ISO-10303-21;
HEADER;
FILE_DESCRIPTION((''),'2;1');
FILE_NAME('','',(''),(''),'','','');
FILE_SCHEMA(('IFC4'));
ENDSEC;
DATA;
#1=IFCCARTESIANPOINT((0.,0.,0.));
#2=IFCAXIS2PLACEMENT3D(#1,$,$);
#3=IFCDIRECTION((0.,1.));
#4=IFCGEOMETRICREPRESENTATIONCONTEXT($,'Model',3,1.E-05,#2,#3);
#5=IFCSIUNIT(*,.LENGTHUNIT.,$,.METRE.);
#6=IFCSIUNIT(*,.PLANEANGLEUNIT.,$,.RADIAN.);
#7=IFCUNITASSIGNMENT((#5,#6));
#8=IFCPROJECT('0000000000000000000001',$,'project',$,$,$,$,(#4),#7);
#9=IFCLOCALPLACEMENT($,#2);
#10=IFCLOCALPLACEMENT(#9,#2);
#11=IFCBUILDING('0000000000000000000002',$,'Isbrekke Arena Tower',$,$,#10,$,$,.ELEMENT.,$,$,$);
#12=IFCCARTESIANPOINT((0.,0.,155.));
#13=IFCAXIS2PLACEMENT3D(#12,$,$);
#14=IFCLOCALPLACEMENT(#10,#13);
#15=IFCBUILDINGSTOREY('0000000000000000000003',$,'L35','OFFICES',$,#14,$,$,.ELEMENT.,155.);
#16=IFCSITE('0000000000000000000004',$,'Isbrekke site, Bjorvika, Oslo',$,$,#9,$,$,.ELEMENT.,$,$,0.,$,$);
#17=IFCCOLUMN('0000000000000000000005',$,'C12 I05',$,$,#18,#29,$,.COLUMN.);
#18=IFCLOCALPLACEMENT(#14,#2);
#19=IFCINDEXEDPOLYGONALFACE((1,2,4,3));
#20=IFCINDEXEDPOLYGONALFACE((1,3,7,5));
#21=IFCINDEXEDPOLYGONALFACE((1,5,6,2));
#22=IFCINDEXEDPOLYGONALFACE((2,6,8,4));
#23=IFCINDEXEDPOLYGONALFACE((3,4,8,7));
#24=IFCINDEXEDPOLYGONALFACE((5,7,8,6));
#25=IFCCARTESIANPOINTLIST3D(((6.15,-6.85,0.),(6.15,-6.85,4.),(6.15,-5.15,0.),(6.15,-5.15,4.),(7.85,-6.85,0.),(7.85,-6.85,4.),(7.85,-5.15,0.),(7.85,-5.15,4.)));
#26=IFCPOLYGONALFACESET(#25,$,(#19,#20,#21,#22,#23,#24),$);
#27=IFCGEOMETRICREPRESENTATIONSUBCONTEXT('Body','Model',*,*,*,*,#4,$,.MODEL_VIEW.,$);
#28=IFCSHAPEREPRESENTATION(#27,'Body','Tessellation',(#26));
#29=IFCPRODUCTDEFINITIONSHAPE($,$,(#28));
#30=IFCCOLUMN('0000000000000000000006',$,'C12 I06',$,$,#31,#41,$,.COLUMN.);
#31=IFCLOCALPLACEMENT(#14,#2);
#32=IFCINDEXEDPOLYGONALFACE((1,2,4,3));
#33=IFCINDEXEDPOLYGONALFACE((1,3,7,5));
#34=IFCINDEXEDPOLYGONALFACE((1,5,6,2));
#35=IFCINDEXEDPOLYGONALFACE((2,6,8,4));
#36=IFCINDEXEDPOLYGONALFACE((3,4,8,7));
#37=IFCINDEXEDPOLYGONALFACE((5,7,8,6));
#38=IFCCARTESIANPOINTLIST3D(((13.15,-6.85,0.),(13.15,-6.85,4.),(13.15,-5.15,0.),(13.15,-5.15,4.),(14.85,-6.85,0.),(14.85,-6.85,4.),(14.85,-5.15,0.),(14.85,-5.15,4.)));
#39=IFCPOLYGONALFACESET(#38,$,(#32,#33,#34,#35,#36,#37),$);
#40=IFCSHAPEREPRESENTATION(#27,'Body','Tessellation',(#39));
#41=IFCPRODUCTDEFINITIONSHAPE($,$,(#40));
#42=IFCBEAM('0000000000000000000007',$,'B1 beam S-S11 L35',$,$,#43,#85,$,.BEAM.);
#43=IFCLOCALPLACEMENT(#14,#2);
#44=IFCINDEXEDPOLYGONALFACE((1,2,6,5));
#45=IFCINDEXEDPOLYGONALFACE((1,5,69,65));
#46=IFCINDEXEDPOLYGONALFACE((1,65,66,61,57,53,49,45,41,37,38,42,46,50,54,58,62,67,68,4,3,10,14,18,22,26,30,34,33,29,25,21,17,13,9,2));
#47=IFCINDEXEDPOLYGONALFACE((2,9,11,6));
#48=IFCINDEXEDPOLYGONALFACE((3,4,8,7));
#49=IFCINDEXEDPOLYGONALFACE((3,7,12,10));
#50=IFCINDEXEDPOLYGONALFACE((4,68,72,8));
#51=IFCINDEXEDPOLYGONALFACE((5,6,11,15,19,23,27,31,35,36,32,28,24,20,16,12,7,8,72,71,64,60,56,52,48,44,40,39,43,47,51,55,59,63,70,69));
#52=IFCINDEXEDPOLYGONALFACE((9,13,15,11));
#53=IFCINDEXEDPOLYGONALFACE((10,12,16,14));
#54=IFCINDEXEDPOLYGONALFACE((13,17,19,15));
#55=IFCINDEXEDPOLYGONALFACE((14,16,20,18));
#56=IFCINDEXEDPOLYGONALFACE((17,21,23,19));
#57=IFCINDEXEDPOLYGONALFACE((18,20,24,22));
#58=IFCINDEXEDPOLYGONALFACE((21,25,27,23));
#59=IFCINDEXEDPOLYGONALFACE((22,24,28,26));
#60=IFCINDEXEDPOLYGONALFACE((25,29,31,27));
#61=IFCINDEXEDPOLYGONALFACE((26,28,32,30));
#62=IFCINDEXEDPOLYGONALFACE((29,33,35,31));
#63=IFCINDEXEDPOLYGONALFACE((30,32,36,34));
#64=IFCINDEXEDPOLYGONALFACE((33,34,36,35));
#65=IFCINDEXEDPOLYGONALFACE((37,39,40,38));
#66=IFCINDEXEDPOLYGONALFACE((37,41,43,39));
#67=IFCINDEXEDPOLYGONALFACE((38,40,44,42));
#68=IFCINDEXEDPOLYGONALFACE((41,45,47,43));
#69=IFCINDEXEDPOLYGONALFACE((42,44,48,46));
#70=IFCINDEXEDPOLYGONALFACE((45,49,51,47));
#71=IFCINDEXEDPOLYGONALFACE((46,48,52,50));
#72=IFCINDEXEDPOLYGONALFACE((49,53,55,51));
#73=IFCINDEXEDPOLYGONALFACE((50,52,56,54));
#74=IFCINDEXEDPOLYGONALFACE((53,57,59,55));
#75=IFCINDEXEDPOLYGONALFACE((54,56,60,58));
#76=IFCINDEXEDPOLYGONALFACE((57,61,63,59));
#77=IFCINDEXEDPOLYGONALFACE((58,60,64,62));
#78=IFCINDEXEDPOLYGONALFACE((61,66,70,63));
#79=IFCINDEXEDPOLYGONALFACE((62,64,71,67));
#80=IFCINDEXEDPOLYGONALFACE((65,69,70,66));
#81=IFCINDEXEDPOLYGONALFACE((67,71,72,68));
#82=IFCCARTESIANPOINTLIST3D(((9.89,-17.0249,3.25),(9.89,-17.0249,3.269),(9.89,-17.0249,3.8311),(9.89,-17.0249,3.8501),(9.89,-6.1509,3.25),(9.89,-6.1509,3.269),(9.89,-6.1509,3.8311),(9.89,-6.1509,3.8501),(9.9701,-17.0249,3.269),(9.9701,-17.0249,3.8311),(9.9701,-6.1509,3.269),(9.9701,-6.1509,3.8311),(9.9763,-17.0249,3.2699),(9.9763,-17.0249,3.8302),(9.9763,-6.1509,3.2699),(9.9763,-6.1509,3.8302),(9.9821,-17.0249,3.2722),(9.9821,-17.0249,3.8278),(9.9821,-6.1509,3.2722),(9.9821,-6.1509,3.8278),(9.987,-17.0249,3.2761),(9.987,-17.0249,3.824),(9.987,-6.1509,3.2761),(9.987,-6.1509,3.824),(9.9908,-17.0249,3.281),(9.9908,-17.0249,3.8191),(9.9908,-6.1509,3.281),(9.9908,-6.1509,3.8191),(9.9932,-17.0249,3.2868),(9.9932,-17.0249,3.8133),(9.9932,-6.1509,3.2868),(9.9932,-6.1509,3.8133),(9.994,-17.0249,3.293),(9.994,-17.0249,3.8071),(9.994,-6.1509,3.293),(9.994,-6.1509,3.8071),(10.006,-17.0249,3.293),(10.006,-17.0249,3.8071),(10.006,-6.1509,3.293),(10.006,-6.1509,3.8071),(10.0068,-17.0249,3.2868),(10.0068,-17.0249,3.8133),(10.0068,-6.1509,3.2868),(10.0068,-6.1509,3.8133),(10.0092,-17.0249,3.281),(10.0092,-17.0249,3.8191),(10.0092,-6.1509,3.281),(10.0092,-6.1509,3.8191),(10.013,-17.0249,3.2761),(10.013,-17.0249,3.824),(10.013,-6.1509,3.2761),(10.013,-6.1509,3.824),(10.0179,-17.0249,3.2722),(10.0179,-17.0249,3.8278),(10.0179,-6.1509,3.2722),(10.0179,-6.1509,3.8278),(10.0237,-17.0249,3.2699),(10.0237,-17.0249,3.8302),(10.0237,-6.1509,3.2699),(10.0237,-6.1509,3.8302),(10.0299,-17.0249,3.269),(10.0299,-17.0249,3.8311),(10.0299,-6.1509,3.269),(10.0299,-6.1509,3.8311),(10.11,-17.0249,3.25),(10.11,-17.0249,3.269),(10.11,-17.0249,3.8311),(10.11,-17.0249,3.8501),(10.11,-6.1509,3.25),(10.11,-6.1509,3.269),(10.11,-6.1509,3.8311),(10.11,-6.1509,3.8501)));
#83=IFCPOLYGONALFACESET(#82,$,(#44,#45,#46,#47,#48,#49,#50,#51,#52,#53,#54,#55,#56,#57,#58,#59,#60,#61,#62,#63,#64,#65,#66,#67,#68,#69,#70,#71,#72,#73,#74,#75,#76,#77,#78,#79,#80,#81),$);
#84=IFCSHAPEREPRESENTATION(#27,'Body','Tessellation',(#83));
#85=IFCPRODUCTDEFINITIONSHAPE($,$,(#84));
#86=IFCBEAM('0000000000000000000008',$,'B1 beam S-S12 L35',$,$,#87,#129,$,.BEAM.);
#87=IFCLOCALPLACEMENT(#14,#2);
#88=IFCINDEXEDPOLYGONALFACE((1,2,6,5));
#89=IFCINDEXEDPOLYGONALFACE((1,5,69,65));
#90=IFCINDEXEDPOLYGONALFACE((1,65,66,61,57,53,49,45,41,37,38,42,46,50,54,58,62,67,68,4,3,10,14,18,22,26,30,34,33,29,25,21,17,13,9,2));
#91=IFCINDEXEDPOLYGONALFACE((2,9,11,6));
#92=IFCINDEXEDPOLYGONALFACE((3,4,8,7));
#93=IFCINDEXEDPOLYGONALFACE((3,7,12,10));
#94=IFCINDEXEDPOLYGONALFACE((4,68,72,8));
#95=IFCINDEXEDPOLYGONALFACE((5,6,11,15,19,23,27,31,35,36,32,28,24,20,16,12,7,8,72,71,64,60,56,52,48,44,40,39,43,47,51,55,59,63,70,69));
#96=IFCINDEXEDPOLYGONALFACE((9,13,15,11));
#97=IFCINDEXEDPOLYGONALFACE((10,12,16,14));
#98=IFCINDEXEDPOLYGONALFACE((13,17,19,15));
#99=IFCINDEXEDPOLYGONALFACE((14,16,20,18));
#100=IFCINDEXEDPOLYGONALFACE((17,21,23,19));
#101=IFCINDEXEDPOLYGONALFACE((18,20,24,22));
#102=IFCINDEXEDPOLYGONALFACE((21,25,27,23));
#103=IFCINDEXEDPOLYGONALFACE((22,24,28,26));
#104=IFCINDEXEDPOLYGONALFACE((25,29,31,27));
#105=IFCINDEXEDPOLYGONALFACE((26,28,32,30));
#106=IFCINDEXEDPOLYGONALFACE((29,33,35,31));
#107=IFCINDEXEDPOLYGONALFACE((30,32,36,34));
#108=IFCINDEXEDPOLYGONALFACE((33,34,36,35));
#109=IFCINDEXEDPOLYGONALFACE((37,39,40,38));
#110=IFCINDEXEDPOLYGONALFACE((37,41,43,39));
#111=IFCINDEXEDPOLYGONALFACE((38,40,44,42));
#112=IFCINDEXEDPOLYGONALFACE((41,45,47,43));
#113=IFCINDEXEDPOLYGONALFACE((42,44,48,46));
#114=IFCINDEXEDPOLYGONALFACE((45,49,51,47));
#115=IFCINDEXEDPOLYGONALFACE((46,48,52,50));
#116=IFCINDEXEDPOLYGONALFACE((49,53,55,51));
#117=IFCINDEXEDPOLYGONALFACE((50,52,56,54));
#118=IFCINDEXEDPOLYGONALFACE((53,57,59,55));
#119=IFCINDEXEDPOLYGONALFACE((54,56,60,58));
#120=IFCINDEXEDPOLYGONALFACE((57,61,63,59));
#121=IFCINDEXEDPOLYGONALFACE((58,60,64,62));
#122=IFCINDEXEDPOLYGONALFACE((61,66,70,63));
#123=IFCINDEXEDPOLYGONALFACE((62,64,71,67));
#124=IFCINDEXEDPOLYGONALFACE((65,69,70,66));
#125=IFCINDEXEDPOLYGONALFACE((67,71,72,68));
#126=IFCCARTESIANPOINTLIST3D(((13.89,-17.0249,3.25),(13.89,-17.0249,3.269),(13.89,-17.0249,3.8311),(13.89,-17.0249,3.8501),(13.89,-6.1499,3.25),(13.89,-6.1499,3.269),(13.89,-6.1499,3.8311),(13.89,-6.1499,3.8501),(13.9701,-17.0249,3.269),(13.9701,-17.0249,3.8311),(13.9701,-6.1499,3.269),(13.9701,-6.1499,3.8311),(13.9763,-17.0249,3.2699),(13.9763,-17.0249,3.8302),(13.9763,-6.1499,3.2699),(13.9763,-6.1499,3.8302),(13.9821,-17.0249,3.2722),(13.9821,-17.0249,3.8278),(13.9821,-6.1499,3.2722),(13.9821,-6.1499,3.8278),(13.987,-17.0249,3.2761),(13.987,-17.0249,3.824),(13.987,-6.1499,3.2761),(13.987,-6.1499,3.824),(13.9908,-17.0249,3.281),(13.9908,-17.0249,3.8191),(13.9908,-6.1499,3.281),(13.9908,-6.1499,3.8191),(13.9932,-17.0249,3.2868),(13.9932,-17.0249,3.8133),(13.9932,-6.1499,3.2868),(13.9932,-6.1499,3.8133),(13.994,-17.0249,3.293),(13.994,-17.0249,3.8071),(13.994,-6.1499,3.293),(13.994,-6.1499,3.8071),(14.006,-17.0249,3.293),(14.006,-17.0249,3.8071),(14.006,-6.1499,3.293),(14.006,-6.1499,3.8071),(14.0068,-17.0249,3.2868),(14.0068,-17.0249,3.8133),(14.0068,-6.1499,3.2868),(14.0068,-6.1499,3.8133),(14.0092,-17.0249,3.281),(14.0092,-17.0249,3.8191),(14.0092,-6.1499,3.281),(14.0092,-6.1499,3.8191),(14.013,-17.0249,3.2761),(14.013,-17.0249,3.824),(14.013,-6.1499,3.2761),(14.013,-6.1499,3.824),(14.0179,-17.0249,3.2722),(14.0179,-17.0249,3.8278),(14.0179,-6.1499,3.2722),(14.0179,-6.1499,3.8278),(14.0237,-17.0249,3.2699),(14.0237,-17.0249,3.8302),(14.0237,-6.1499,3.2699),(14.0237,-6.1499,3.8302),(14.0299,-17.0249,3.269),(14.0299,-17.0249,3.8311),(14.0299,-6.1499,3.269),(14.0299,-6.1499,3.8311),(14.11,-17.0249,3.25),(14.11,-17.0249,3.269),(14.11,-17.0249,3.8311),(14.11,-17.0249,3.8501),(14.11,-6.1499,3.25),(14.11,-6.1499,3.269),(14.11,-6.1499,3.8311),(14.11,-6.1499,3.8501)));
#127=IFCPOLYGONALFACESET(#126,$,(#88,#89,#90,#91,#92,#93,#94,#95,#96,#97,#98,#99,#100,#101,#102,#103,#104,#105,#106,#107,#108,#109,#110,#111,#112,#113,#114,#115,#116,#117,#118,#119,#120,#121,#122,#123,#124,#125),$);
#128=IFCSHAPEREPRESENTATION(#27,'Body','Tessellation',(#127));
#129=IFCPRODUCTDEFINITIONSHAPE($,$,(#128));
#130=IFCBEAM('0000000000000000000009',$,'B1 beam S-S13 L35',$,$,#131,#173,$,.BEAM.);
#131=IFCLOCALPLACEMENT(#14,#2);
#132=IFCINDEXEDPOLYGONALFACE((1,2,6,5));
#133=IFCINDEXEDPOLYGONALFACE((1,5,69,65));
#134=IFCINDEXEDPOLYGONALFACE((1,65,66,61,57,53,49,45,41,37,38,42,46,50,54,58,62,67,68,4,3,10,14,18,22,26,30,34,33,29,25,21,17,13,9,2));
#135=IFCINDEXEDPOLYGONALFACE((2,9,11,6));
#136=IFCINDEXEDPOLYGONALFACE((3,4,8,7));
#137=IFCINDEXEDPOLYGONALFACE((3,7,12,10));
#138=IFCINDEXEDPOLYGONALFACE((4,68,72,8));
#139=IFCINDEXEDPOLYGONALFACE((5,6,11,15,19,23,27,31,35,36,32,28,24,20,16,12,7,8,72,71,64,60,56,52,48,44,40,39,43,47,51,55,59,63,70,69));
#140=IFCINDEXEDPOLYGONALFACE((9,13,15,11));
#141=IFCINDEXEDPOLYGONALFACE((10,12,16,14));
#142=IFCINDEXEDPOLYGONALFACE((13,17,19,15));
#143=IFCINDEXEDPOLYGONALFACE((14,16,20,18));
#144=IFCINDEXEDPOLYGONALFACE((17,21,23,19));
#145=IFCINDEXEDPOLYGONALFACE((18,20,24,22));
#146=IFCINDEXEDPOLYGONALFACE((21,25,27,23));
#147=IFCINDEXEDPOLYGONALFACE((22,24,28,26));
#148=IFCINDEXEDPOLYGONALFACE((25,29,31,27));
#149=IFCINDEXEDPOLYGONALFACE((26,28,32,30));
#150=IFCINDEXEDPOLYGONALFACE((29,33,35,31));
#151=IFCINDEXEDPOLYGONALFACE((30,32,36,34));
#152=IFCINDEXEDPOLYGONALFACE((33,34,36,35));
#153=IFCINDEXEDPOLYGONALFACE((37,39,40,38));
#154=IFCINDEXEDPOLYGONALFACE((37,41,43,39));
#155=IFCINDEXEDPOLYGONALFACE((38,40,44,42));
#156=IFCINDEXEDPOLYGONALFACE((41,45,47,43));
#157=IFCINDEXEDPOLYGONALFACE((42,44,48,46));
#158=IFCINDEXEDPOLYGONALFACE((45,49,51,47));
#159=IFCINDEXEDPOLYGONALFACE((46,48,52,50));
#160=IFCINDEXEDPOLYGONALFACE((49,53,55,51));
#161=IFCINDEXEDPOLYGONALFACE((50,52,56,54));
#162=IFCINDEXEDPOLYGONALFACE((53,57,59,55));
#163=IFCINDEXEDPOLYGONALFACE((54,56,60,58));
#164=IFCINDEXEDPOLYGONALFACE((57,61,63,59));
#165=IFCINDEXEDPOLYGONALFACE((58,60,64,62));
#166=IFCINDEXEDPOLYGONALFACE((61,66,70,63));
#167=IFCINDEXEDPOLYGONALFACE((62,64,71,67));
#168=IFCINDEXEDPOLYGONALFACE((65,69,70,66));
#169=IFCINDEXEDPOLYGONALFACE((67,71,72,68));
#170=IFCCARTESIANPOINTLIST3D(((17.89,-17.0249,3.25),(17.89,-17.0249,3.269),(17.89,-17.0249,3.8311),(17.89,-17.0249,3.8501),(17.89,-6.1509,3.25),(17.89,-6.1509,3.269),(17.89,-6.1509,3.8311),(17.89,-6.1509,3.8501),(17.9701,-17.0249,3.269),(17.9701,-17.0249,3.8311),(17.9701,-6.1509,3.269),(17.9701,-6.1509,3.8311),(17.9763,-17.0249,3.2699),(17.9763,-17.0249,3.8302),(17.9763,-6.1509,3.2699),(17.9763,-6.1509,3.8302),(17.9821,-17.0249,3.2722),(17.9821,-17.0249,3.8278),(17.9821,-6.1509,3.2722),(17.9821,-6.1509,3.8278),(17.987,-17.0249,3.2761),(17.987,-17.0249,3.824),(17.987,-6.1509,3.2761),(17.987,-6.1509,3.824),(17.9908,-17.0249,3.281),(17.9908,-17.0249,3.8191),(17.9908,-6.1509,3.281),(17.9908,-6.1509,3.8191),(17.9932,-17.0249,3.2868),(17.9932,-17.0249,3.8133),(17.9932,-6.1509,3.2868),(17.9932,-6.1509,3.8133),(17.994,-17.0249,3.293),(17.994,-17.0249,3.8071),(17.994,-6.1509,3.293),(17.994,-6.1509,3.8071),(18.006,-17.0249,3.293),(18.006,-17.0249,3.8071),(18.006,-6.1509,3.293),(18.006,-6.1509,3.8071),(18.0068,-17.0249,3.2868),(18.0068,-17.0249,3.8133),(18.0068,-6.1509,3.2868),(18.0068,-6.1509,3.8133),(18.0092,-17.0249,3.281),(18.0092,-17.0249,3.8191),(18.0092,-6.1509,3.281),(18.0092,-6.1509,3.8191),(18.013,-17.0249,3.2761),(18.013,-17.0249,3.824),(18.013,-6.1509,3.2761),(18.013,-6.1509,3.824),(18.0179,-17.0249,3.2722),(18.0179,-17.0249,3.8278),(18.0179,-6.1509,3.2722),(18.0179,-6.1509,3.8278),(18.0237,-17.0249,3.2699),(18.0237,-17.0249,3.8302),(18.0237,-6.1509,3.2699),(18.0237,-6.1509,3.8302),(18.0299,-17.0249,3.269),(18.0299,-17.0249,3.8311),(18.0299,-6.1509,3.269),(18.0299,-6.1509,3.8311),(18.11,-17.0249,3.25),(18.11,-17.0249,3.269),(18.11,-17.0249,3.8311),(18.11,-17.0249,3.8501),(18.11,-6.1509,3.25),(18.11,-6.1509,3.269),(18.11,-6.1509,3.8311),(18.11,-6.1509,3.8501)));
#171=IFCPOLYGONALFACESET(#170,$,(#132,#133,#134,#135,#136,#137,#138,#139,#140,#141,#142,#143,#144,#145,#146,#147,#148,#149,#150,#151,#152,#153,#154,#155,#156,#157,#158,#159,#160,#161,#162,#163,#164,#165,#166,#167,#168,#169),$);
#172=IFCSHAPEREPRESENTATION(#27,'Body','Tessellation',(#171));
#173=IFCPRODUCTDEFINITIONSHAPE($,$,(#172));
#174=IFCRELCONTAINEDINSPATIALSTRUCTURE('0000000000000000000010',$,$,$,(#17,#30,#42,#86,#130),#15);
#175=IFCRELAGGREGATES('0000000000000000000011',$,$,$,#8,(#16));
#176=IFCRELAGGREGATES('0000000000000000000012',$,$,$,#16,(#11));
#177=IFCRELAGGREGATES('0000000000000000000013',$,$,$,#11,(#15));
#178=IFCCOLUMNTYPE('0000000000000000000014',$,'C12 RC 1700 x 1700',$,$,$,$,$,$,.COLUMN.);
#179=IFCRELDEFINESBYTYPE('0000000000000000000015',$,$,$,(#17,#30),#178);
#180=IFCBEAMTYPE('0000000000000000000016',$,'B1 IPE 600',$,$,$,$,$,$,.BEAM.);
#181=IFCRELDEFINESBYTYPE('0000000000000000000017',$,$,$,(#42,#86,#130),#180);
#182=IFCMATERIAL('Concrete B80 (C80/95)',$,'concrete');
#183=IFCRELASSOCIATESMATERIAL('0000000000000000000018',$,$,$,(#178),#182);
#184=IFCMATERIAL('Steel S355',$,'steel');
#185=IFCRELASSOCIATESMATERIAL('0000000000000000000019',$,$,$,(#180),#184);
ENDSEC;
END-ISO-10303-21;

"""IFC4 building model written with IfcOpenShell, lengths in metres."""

from ifc_helpers import new_model, si_unit, direction, frame, origin, origin_2d, place, context, subcontext, project, spatial, rectangle, i_section, extrude, material, material_profile, profile_set, type_object, element, save


model = new_model("IFC4")

# Units and contexts
model_context = context("Model", 3, precision=1e-05, world=origin(), true_north=direction((0.0, 1.0)))
body_context = subcontext(model_context, "Body", "Model", "MODEL_VIEW")
ifc_project = project(units=[si_unit("LENGTHUNIT", "METRE"), si_unit("PLANEANGLEUNIT", "RADIAN")], contexts=[model_context])

# Site, building, storey
site_placement = place(None, origin())
site = spatial("IfcSite", under=ifc_project, at=site_placement, Name="Isbrekke site, Bjorvika, Oslo", CompositionType="ELEMENT", RefElevation=0.0)
building_placement = place(site_placement, origin())
building = spatial("IfcBuilding", under=site, at=building_placement, Name="Isbrekke Arena Tower", CompositionType="ELEMENT")
storey_placement = place(building_placement, frame((0.0, 0.0, 155.0)))
storey = spatial("IfcBuildingStorey", under=building, at=storey_placement, Name="L35", Description="OFFICES", CompositionType="ELEMENT", Elevation=155.0)

# Columns
ifc_material_1 = material(Name="Concrete B80 (C80/95)", Category="concrete")
ifc_material_profile_1 = material_profile(ifc_material_1, rectangle(XDim=1.7, YDim=1.7, at=origin_2d()), Name="RC 1700x1700")
ifc_profile_set_1 = profile_set([ifc_material_profile_1], Name="Concrete B80 (C80/95)")
column_type = type_object("IfcColumnType", Name="C12 RC 1700 x 1700", PredefinedType="COLUMN", material=ifc_profile_set_1)
for number, where, z_axis, x_axis, name in (
    (1, (7.0, -6.0, 0.0), (0.0, 0.0, 1.0), (1.0, 0.0, 0.0), "C12 I05"),
    (2, (14.0, -6.0, 0.0), (0.0, 0.0, 1.0), (1.0, 0.0, 0.0), "C12 I06"),
):
    element("IfcColumn", number, at=place(storey_placement, frame(where, z_axis=z_axis, x_axis=x_axis)), inside=storey, type_object=column_type, Name=name, PredefinedType="COLUMN", context=body_context, shape_type="SweptSolid", body=[
        extrude(rectangle(XDim=1.7, YDim=1.7, at=origin_2d()), origin(), (0.0, 0.0, 1.0), 4.0),
    ])

# Beams
ifc_material_2 = material(Name="Steel S355", Category="steel")
ifc_material_profile_2 = material_profile(ifc_material_2, i_section(OverallWidth=0.22, OverallDepth=0.6001, WebThickness=0.012, FlangeThickness=0.019, FilletRadius=0.0239, at=origin_2d()), Name="IPE 600")
ifc_profile_set_2 = profile_set([ifc_material_profile_2], Name="Steel S355")
beam_type_1 = type_object("IfcBeamType", Name="B1 IPE 600", PredefinedType="BEAM", material=ifc_profile_set_2)
beam_1_placement = place(storey_placement, frame((10.0, -17.0249, 3.55), z_axis=(0.0, 1.0, 0.0), x_axis=(-1.0, 0.0, 0.0)))
element("IfcBeam", 3, at=beam_1_placement, inside=storey, type_object=beam_type_1, Name="B1 beam S-S11 L35", PredefinedType="BEAM", context=body_context, shape_type="SweptSolid", body=[
    extrude(i_section(OverallWidth=0.22, OverallDepth=0.6001, WebThickness=0.012, FlangeThickness=0.019, FilletRadius=0.0239, at=origin_2d()), origin(), (0.0, 0.0, 1.0), 10.874),
])
beam_2_placement = place(storey_placement, frame((14.0, -17.0249, 3.55), z_axis=(0.0, 1.0, 0.0), x_axis=(-1.0, 0.0, 0.0)))
element("IfcBeam", 4, at=beam_2_placement, inside=storey, type_object=beam_type_1, Name="B1 beam S-S12 L35", PredefinedType="BEAM", context=body_context, shape_type="SweptSolid", body=[
    extrude(i_section(OverallWidth=0.22, OverallDepth=0.6001, WebThickness=0.012, FlangeThickness=0.019, FilletRadius=0.0239, at=origin_2d()), origin(), (0.0, 0.0, 1.0), 10.875),
])
beam_3_placement = place(storey_placement, frame((18.0, -17.0249, 3.55), z_axis=(0.0, 1.0, 0.0), x_axis=(-1.0, 0.0, 0.0)))
element("IfcBeam", 5, at=beam_3_placement, inside=storey, type_object=beam_type_1, Name="B1 beam S-S13 L35", PredefinedType="BEAM", context=body_context, shape_type="SweptSolid", body=[
    extrude(i_section(OverallWidth=0.22, OverallDepth=0.6001, WebThickness=0.012, FlangeThickness=0.019, FilletRadius=0.0239, at=origin_2d()), origin(), (0.0, 0.0, 1.0), 10.874),
])

save(model, "model.ifc")
